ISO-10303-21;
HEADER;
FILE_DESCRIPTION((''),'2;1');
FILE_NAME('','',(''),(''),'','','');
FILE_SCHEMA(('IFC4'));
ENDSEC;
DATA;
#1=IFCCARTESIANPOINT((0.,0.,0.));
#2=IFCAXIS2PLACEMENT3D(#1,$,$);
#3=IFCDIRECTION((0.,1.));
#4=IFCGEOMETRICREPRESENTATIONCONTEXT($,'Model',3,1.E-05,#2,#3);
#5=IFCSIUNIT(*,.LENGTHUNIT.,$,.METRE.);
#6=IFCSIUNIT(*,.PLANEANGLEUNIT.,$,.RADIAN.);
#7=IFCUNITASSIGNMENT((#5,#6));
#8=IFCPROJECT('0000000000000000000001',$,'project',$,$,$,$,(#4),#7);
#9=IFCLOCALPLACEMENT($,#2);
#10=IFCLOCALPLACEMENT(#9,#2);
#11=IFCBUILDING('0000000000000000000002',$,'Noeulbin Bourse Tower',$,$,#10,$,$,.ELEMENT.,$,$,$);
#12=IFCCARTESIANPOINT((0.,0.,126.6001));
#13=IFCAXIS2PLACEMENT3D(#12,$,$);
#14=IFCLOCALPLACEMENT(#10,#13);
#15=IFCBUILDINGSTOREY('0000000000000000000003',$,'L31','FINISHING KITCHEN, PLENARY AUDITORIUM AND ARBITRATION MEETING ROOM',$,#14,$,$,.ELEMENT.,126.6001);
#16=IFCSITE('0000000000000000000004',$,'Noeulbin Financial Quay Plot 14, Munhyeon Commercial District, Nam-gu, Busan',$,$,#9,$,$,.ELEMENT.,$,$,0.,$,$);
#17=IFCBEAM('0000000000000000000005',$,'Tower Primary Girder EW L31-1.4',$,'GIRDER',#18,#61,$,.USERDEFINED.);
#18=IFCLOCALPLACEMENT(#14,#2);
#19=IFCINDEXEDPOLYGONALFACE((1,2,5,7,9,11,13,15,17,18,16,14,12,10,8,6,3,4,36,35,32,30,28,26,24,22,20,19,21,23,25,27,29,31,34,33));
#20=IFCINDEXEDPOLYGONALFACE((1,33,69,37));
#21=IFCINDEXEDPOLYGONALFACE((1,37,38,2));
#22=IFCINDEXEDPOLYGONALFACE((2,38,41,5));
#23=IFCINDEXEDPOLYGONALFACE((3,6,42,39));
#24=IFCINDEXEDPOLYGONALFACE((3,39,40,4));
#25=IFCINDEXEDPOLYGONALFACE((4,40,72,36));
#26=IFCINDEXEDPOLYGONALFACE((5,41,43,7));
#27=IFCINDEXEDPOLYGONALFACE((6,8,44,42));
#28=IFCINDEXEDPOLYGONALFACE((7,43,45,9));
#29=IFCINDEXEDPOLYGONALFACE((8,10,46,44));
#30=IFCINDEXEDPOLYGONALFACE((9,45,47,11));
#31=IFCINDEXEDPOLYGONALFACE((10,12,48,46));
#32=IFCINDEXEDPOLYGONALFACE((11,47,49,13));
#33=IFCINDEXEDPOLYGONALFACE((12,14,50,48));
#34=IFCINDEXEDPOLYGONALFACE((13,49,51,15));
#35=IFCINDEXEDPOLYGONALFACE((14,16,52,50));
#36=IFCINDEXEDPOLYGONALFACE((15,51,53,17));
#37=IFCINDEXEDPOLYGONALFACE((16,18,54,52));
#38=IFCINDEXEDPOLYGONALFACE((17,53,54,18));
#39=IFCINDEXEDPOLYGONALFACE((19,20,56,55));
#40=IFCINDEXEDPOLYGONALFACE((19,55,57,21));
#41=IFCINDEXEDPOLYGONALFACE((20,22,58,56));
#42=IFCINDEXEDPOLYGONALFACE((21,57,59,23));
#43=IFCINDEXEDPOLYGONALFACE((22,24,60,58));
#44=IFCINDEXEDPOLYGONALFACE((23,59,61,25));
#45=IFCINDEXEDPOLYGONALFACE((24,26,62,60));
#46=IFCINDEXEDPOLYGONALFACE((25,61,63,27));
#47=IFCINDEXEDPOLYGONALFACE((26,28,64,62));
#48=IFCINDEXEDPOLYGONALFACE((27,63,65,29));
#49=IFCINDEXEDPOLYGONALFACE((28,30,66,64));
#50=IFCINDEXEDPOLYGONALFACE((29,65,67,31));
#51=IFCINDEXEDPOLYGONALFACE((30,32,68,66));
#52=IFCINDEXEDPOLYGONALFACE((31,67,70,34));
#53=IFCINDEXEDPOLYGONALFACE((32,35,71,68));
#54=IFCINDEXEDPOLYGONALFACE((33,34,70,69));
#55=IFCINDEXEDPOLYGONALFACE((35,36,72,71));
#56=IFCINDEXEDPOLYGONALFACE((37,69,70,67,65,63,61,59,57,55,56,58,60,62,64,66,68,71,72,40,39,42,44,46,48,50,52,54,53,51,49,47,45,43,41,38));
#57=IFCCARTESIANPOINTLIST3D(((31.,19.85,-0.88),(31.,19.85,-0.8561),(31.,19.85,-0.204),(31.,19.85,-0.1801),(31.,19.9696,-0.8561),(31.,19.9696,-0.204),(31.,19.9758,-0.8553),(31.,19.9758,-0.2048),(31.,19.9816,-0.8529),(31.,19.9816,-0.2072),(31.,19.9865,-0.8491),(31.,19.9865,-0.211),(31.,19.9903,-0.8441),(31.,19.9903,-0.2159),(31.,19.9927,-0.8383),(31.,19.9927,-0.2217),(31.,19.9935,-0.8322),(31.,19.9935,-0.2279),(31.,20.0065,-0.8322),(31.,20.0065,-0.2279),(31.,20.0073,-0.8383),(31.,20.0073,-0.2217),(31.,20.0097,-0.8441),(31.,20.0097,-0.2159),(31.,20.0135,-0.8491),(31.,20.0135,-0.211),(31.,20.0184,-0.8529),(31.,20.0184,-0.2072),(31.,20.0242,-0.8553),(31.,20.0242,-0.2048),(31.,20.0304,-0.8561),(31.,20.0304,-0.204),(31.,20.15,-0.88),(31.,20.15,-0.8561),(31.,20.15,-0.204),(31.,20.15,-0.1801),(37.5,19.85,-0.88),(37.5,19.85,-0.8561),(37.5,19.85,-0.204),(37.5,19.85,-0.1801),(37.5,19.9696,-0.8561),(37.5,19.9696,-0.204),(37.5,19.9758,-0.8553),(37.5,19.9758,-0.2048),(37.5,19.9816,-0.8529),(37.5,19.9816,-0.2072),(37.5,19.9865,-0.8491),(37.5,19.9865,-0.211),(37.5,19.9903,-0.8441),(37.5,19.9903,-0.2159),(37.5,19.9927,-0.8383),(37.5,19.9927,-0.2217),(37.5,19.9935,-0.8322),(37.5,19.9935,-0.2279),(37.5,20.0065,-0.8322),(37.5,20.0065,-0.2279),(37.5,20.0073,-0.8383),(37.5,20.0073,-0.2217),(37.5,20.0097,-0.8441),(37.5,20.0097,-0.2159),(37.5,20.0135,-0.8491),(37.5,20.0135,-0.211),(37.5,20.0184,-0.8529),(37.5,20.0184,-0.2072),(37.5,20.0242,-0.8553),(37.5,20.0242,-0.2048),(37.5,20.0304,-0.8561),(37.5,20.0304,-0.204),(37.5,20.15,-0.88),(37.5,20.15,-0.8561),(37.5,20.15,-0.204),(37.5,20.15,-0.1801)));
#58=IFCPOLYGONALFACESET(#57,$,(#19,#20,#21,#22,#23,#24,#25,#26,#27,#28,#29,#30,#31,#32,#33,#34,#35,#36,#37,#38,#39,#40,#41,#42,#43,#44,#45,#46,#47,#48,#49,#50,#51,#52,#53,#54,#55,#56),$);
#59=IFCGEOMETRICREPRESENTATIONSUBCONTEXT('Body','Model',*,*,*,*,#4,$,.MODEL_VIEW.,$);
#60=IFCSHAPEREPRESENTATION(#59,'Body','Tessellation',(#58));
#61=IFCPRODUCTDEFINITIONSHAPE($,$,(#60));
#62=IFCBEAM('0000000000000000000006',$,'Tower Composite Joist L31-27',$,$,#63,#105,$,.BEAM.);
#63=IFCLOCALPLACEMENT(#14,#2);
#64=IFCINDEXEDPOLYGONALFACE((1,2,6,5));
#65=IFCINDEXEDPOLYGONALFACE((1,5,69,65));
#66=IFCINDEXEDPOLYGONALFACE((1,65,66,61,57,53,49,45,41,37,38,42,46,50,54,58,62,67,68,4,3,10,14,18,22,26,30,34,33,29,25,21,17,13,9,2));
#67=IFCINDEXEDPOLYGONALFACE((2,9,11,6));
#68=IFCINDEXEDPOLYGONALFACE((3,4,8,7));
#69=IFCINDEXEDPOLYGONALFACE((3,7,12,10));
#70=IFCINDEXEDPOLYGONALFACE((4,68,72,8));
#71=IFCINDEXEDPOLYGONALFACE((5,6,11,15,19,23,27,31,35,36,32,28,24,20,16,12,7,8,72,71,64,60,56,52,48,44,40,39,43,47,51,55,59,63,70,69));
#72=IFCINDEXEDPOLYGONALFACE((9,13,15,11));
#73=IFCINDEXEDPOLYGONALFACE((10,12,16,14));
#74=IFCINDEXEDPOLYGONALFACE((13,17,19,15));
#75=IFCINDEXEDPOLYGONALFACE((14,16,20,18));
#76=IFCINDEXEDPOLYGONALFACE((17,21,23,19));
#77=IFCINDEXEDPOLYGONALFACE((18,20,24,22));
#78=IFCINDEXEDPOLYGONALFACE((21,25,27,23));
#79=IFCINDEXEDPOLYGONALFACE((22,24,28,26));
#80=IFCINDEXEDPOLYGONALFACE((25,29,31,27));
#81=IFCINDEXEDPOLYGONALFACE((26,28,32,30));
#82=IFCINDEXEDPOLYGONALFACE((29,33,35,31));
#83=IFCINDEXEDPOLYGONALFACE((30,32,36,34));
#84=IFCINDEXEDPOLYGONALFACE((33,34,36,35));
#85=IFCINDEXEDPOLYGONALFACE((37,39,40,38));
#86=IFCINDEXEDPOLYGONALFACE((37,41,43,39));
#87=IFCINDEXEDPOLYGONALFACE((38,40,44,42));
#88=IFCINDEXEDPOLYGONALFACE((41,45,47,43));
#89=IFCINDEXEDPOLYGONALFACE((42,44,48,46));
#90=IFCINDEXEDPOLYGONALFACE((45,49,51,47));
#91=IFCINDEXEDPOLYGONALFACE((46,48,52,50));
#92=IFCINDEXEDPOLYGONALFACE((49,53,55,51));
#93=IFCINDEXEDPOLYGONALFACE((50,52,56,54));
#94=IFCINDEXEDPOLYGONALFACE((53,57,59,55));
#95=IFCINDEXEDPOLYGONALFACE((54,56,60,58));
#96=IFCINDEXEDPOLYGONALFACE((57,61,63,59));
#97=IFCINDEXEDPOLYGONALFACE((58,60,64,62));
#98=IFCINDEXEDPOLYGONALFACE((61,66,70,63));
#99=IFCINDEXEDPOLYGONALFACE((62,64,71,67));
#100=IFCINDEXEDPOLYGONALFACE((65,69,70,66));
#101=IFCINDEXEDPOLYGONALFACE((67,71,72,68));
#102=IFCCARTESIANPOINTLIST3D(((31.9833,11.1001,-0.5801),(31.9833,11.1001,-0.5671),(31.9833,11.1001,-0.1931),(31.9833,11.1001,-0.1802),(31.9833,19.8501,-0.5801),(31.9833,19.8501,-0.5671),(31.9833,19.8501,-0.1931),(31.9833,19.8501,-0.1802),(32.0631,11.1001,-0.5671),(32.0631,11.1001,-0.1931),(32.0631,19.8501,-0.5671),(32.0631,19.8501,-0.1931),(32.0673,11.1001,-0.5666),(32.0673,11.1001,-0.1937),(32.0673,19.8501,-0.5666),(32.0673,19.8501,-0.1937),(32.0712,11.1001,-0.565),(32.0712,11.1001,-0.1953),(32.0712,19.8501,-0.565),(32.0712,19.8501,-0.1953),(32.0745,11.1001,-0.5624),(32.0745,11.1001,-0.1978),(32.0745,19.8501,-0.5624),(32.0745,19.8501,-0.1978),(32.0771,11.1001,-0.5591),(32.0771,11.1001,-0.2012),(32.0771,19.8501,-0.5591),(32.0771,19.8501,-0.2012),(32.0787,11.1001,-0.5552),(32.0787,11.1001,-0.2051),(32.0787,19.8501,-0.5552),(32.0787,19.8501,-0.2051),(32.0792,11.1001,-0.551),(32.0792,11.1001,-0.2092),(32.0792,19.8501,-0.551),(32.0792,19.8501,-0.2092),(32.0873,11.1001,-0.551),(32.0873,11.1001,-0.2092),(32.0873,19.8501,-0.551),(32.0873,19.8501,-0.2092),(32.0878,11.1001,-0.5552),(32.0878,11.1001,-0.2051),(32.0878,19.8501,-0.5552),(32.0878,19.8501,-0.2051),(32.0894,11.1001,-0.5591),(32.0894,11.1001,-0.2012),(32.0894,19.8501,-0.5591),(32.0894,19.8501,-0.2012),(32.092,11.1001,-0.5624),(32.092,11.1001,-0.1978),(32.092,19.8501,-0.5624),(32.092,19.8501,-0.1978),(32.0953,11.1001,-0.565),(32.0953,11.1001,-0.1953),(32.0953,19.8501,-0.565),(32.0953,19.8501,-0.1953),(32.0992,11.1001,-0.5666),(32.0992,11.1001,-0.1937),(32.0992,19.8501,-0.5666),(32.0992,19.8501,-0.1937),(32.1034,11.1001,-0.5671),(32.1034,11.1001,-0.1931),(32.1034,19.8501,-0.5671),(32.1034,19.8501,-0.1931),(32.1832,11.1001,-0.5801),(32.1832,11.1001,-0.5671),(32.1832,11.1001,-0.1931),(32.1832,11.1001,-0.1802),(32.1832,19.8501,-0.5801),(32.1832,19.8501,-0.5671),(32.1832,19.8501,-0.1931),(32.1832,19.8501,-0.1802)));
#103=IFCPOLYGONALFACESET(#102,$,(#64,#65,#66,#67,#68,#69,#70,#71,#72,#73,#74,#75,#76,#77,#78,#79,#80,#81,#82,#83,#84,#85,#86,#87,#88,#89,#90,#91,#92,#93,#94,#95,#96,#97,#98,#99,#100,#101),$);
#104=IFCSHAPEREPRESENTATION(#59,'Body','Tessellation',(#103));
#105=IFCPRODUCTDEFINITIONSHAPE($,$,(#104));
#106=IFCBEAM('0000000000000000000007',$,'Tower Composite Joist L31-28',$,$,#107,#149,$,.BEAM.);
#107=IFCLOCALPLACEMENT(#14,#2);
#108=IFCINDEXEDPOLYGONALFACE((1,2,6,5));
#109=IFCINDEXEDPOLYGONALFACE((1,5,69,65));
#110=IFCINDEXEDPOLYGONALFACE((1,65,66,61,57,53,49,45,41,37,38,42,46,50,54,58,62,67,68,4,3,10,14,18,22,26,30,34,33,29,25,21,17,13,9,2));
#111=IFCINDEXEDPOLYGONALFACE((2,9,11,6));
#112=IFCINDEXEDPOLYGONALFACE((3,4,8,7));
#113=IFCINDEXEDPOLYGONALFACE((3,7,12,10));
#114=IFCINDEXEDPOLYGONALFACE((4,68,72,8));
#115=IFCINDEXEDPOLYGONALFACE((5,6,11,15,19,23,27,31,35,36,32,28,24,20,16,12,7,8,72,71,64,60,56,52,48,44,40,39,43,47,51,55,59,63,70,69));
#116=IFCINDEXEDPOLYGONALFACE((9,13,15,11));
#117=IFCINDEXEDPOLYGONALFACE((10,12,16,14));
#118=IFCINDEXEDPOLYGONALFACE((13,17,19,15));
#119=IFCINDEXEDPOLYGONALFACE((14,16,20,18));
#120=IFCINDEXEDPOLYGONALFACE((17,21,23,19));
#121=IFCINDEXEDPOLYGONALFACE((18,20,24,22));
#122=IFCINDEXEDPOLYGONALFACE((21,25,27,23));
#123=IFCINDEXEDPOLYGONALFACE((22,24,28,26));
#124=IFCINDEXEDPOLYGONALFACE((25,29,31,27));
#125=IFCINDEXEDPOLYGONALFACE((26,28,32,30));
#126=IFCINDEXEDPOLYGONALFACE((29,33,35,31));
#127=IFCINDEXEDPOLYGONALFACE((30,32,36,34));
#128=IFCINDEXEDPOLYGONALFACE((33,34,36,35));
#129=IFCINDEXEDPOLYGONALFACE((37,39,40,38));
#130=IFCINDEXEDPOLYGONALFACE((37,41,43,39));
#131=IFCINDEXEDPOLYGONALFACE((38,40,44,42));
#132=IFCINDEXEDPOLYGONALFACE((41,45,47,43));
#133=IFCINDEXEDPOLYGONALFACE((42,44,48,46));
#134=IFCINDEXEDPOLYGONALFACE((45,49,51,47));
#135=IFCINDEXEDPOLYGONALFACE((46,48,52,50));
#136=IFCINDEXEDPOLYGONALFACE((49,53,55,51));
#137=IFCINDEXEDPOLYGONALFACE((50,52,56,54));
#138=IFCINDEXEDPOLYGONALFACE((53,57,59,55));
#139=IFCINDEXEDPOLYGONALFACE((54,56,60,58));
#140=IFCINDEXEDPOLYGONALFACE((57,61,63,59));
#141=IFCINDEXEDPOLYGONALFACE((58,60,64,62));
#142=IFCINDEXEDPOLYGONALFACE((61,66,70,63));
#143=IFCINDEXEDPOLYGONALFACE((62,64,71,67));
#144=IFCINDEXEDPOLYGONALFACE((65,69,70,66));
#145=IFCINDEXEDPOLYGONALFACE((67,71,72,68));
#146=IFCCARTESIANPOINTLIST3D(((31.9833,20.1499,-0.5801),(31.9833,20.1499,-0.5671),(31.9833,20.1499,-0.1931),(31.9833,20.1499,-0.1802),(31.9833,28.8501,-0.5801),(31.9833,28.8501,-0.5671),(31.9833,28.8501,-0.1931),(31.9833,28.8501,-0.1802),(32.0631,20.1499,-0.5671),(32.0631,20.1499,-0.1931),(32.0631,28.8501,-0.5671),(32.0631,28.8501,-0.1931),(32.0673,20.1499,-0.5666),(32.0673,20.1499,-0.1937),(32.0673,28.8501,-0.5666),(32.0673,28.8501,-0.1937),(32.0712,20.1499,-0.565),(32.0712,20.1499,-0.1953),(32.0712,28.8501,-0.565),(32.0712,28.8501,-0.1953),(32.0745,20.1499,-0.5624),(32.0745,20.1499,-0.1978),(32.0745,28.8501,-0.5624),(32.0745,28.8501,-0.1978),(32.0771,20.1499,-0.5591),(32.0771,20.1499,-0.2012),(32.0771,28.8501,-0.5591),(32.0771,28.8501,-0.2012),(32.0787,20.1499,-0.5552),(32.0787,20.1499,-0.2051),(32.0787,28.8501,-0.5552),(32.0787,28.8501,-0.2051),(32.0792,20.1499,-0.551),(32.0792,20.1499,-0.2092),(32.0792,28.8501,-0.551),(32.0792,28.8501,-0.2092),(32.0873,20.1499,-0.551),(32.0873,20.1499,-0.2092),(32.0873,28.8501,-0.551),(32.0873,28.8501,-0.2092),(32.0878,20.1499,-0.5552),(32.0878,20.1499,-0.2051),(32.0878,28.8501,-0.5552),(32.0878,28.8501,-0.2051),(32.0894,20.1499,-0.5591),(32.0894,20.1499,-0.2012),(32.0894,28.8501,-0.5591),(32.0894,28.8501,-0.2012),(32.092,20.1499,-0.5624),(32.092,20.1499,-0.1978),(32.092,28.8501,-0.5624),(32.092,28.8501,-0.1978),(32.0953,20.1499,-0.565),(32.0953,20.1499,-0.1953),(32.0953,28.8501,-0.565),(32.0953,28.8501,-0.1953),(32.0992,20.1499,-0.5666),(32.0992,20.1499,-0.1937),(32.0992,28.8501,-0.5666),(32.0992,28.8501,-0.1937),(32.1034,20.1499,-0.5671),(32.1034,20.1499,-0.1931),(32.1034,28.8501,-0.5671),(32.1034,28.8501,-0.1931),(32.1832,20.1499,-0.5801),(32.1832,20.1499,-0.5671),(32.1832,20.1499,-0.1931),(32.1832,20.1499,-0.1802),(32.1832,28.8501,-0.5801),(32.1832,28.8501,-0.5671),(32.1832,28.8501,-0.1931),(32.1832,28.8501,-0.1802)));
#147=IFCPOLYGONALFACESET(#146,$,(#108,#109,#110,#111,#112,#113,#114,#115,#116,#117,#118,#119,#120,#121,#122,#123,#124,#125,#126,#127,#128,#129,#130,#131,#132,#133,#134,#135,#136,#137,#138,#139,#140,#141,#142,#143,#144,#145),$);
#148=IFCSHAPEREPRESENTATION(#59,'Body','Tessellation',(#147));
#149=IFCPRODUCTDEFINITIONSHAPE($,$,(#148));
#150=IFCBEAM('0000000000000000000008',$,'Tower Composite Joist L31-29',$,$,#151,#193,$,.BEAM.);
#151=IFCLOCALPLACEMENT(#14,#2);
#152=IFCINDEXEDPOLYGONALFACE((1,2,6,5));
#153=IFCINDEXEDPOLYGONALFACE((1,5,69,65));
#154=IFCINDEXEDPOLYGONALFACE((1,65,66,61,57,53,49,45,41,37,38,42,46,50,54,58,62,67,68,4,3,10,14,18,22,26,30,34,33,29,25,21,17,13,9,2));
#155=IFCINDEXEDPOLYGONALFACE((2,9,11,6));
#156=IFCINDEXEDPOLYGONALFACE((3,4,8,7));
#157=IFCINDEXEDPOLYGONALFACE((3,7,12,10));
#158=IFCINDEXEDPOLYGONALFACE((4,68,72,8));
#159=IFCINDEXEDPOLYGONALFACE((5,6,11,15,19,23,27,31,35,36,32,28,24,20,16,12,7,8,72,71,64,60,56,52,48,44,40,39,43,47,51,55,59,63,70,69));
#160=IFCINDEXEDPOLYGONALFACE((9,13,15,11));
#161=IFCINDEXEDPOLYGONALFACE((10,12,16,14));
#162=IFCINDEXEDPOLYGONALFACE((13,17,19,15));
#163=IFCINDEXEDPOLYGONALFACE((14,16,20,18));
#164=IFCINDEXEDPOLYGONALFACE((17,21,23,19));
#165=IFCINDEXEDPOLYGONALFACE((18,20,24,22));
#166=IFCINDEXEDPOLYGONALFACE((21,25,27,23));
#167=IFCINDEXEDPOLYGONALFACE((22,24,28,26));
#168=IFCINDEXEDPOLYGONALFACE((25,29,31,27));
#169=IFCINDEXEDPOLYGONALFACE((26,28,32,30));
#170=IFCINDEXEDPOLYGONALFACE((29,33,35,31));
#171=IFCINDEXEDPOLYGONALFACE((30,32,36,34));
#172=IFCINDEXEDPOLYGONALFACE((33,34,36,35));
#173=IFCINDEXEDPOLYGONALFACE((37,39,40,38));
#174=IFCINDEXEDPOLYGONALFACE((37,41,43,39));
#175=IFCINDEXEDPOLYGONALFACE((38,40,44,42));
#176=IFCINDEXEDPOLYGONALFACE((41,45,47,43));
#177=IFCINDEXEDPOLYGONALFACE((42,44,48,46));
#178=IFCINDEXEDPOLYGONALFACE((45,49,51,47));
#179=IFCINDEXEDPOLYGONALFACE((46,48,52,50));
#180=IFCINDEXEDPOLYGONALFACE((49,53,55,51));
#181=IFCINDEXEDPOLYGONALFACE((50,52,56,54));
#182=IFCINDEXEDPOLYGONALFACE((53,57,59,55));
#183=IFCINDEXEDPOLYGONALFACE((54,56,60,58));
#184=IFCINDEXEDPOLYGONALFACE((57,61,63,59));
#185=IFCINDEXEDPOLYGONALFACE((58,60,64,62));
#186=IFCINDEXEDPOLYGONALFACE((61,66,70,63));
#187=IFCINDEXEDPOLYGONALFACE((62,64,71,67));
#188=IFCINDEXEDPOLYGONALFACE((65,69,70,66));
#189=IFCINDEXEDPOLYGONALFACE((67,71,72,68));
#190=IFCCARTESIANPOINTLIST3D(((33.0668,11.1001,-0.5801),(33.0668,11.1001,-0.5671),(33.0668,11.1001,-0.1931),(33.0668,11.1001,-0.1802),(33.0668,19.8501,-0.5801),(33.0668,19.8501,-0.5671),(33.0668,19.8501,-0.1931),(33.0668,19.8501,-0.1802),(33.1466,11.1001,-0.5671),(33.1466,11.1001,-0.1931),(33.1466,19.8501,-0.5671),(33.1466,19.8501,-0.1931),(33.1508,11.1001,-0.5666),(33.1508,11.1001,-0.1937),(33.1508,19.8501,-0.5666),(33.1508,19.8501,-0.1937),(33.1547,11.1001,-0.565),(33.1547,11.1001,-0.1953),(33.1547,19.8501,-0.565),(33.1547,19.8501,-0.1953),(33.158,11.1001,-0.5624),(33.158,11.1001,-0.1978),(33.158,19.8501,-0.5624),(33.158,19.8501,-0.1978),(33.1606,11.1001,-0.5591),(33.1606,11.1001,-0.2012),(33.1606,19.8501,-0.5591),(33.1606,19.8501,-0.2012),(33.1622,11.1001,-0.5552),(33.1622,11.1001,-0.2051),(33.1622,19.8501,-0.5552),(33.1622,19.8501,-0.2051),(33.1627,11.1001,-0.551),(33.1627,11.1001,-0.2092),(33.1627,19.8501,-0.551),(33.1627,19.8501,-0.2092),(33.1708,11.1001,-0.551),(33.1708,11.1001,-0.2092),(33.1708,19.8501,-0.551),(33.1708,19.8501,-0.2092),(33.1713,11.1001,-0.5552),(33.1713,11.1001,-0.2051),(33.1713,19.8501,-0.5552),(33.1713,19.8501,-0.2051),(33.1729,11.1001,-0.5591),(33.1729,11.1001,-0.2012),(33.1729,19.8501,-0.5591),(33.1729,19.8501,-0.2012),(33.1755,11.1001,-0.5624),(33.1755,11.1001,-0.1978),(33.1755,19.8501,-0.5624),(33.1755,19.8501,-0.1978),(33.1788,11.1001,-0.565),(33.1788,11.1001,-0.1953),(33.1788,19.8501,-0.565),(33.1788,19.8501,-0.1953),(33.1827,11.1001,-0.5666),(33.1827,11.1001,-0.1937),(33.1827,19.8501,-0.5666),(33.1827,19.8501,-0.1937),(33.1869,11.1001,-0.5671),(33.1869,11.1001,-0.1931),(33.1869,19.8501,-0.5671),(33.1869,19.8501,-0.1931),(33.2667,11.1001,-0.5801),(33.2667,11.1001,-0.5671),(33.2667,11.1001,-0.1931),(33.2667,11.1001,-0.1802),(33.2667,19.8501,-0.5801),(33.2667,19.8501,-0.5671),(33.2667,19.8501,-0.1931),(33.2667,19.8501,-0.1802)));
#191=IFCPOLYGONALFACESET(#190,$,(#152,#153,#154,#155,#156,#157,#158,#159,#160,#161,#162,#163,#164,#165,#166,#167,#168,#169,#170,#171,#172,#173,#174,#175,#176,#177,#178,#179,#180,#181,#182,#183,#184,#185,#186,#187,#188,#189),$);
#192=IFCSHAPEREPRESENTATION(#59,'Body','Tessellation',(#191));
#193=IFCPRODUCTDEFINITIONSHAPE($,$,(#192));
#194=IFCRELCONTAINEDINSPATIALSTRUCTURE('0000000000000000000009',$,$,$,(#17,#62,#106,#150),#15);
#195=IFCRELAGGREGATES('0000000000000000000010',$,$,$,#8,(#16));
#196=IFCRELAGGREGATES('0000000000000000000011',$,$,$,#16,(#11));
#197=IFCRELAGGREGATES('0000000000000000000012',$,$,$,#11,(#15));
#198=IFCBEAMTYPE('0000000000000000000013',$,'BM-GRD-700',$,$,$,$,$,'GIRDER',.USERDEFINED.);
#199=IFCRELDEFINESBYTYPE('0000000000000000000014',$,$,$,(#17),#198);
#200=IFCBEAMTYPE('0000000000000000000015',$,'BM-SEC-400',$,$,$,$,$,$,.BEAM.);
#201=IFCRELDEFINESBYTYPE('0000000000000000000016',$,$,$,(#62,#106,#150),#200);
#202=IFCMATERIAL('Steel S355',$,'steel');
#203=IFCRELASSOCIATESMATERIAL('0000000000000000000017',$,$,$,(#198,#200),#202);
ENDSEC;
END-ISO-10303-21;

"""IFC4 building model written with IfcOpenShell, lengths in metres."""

from ifc_helpers import new_model, si_unit, direction, frame, origin, origin_2d, place, context, subcontext, project, spatial, i_section, extrude, material, material_profile, profile_set, type_object, element, save


model = new_model("IFC4")

# Units and contexts
model_context = context("Model", 3, precision=1e-05, world=origin(), true_north=direction((0.0, 1.0)))
body_context = subcontext(model_context, "Body", "Model", "MODEL_VIEW")
ifc_project = project(units=[si_unit("LENGTHUNIT", "METRE"), si_unit("PLANEANGLEUNIT", "RADIAN")], contexts=[model_context])

# Site, building, storey
site_placement = place(None, origin())
site = spatial("IfcSite", under=ifc_project, at=site_placement, Name="Noeulbin Financial Quay Plot 14, Munhyeon Commercial District, Nam-gu, Busan", CompositionType="ELEMENT", RefElevation=0.0)
building_placement = place(site_placement, origin())
building = spatial("IfcBuilding", under=site, at=building_placement, Name="Noeulbin Bourse Tower", CompositionType="ELEMENT")
storey_placement = place(building_placement, frame((0.0, 0.0, 126.6001)))
storey = spatial("IfcBuildingStorey", under=building, at=storey_placement, Name="L31", Description="FINISHING KITCHEN, PLENARY AUDITORIUM AND ARBITRATION MEETING ROOM", CompositionType="ELEMENT", Elevation=126.6001)

# Shared definitions
ifc_material_1 = material(Name="Steel S355", Category="steel")

# Beams
ifc_material_profile_1 = material_profile(ifc_material_1, i_section(OverallWidth=0.3, OverallDepth=0.7, WebThickness=0.0129, FlangeThickness=0.0239, FilletRadius=0.0239, at=origin_2d()), Name="H-700x300x13x24", Category="LoadBearing")
ifc_profile_set_1 = profile_set([ifc_material_profile_1], Name="Steel S355")
beam_type_1 = type_object("IfcBeamType", Name="BM-GRD-700", ElementType="GIRDER", PredefinedType="USERDEFINED", material=ifc_profile_set_1)
beam_1_placement = place(storey_placement, frame((31.0, 20.0, -0.53), z_axis=(1.0, 0.0, 0.0), x_axis=(0.0, 1.0, 0.0)))
element("IfcBeam", 1, at=beam_1_placement, inside=storey, type_object=beam_type_1, Name="Tower Primary Girder EW L31-1.4", ObjectType="GIRDER", PredefinedType="USERDEFINED", context=body_context, shape_type="SweptSolid", body=[
    extrude(i_section(OverallWidth=0.3, OverallDepth=0.7, WebThickness=0.0129, FlangeThickness=0.0239, FilletRadius=0.0239, at=origin_2d()), origin(), (0.0, 0.0, 1.0), 6.5),
])
ifc_material_profile_2 = material_profile(ifc_material_1, i_section(OverallWidth=0.2, OverallDepth=0.3999, WebThickness=0.0081, FlangeThickness=0.0129, FilletRadius=0.0161, at=origin_2d()), Name="H-400x200x8x13", Category="LoadBearing")
ifc_profile_set_2 = profile_set([ifc_material_profile_2], Name="Steel S355")
beam_type_2 = type_object("IfcBeamType", Name="BM-SEC-400", PredefinedType="BEAM", material=ifc_profile_set_2)
beam_2_placement = place(storey_placement, frame((32.0833, 11.1001, -0.3801), z_axis=(0.0, 1.0, 0.0), x_axis=(-1.0, 0.0, 0.0)))
element("IfcBeam", 2, at=beam_2_placement, inside=storey, type_object=beam_type_2, Name="Tower Composite Joist L31-27", PredefinedType="BEAM", context=body_context, shape_type="SweptSolid", body=[
    extrude(i_section(OverallWidth=0.2, OverallDepth=0.3999, WebThickness=0.0081, FlangeThickness=0.0129, FilletRadius=0.0161, at=origin_2d()), origin(), (0.0, 0.0, 1.0), 8.75),
])
beam_3_placement = place(storey_placement, frame((32.0833, 20.1499, -0.3801), z_axis=(0.0, 1.0, 0.0), x_axis=(-1.0, 0.0, 0.0)))
element("IfcBeam", 3, at=beam_3_placement, inside=storey, type_object=beam_type_2, Name="Tower Composite Joist L31-28", PredefinedType="BEAM", context=body_context, shape_type="SweptSolid", body=[
    extrude(i_section(OverallWidth=0.2, OverallDepth=0.3999, WebThickness=0.0081, FlangeThickness=0.0129, FilletRadius=0.0161, at=origin_2d()), origin(), (0.0, 0.0, 1.0), 8.7002),
])
beam_4_placement = place(storey_placement, frame((33.1667, 11.1001, -0.3801), z_axis=(0.0, 1.0, 0.0), x_axis=(-1.0, 0.0, 0.0)))
element("IfcBeam", 4, at=beam_4_placement, inside=storey, type_object=beam_type_2, Name="Tower Composite Joist L31-29", PredefinedType="BEAM", context=body_context, shape_type="SweptSolid", body=[
    extrude(i_section(OverallWidth=0.2, OverallDepth=0.3999, WebThickness=0.0081, FlangeThickness=0.0129, FilletRadius=0.0161, at=origin_2d()), origin(), (0.0, 0.0, 1.0), 8.75),
])

save(model, "model.ifc")
